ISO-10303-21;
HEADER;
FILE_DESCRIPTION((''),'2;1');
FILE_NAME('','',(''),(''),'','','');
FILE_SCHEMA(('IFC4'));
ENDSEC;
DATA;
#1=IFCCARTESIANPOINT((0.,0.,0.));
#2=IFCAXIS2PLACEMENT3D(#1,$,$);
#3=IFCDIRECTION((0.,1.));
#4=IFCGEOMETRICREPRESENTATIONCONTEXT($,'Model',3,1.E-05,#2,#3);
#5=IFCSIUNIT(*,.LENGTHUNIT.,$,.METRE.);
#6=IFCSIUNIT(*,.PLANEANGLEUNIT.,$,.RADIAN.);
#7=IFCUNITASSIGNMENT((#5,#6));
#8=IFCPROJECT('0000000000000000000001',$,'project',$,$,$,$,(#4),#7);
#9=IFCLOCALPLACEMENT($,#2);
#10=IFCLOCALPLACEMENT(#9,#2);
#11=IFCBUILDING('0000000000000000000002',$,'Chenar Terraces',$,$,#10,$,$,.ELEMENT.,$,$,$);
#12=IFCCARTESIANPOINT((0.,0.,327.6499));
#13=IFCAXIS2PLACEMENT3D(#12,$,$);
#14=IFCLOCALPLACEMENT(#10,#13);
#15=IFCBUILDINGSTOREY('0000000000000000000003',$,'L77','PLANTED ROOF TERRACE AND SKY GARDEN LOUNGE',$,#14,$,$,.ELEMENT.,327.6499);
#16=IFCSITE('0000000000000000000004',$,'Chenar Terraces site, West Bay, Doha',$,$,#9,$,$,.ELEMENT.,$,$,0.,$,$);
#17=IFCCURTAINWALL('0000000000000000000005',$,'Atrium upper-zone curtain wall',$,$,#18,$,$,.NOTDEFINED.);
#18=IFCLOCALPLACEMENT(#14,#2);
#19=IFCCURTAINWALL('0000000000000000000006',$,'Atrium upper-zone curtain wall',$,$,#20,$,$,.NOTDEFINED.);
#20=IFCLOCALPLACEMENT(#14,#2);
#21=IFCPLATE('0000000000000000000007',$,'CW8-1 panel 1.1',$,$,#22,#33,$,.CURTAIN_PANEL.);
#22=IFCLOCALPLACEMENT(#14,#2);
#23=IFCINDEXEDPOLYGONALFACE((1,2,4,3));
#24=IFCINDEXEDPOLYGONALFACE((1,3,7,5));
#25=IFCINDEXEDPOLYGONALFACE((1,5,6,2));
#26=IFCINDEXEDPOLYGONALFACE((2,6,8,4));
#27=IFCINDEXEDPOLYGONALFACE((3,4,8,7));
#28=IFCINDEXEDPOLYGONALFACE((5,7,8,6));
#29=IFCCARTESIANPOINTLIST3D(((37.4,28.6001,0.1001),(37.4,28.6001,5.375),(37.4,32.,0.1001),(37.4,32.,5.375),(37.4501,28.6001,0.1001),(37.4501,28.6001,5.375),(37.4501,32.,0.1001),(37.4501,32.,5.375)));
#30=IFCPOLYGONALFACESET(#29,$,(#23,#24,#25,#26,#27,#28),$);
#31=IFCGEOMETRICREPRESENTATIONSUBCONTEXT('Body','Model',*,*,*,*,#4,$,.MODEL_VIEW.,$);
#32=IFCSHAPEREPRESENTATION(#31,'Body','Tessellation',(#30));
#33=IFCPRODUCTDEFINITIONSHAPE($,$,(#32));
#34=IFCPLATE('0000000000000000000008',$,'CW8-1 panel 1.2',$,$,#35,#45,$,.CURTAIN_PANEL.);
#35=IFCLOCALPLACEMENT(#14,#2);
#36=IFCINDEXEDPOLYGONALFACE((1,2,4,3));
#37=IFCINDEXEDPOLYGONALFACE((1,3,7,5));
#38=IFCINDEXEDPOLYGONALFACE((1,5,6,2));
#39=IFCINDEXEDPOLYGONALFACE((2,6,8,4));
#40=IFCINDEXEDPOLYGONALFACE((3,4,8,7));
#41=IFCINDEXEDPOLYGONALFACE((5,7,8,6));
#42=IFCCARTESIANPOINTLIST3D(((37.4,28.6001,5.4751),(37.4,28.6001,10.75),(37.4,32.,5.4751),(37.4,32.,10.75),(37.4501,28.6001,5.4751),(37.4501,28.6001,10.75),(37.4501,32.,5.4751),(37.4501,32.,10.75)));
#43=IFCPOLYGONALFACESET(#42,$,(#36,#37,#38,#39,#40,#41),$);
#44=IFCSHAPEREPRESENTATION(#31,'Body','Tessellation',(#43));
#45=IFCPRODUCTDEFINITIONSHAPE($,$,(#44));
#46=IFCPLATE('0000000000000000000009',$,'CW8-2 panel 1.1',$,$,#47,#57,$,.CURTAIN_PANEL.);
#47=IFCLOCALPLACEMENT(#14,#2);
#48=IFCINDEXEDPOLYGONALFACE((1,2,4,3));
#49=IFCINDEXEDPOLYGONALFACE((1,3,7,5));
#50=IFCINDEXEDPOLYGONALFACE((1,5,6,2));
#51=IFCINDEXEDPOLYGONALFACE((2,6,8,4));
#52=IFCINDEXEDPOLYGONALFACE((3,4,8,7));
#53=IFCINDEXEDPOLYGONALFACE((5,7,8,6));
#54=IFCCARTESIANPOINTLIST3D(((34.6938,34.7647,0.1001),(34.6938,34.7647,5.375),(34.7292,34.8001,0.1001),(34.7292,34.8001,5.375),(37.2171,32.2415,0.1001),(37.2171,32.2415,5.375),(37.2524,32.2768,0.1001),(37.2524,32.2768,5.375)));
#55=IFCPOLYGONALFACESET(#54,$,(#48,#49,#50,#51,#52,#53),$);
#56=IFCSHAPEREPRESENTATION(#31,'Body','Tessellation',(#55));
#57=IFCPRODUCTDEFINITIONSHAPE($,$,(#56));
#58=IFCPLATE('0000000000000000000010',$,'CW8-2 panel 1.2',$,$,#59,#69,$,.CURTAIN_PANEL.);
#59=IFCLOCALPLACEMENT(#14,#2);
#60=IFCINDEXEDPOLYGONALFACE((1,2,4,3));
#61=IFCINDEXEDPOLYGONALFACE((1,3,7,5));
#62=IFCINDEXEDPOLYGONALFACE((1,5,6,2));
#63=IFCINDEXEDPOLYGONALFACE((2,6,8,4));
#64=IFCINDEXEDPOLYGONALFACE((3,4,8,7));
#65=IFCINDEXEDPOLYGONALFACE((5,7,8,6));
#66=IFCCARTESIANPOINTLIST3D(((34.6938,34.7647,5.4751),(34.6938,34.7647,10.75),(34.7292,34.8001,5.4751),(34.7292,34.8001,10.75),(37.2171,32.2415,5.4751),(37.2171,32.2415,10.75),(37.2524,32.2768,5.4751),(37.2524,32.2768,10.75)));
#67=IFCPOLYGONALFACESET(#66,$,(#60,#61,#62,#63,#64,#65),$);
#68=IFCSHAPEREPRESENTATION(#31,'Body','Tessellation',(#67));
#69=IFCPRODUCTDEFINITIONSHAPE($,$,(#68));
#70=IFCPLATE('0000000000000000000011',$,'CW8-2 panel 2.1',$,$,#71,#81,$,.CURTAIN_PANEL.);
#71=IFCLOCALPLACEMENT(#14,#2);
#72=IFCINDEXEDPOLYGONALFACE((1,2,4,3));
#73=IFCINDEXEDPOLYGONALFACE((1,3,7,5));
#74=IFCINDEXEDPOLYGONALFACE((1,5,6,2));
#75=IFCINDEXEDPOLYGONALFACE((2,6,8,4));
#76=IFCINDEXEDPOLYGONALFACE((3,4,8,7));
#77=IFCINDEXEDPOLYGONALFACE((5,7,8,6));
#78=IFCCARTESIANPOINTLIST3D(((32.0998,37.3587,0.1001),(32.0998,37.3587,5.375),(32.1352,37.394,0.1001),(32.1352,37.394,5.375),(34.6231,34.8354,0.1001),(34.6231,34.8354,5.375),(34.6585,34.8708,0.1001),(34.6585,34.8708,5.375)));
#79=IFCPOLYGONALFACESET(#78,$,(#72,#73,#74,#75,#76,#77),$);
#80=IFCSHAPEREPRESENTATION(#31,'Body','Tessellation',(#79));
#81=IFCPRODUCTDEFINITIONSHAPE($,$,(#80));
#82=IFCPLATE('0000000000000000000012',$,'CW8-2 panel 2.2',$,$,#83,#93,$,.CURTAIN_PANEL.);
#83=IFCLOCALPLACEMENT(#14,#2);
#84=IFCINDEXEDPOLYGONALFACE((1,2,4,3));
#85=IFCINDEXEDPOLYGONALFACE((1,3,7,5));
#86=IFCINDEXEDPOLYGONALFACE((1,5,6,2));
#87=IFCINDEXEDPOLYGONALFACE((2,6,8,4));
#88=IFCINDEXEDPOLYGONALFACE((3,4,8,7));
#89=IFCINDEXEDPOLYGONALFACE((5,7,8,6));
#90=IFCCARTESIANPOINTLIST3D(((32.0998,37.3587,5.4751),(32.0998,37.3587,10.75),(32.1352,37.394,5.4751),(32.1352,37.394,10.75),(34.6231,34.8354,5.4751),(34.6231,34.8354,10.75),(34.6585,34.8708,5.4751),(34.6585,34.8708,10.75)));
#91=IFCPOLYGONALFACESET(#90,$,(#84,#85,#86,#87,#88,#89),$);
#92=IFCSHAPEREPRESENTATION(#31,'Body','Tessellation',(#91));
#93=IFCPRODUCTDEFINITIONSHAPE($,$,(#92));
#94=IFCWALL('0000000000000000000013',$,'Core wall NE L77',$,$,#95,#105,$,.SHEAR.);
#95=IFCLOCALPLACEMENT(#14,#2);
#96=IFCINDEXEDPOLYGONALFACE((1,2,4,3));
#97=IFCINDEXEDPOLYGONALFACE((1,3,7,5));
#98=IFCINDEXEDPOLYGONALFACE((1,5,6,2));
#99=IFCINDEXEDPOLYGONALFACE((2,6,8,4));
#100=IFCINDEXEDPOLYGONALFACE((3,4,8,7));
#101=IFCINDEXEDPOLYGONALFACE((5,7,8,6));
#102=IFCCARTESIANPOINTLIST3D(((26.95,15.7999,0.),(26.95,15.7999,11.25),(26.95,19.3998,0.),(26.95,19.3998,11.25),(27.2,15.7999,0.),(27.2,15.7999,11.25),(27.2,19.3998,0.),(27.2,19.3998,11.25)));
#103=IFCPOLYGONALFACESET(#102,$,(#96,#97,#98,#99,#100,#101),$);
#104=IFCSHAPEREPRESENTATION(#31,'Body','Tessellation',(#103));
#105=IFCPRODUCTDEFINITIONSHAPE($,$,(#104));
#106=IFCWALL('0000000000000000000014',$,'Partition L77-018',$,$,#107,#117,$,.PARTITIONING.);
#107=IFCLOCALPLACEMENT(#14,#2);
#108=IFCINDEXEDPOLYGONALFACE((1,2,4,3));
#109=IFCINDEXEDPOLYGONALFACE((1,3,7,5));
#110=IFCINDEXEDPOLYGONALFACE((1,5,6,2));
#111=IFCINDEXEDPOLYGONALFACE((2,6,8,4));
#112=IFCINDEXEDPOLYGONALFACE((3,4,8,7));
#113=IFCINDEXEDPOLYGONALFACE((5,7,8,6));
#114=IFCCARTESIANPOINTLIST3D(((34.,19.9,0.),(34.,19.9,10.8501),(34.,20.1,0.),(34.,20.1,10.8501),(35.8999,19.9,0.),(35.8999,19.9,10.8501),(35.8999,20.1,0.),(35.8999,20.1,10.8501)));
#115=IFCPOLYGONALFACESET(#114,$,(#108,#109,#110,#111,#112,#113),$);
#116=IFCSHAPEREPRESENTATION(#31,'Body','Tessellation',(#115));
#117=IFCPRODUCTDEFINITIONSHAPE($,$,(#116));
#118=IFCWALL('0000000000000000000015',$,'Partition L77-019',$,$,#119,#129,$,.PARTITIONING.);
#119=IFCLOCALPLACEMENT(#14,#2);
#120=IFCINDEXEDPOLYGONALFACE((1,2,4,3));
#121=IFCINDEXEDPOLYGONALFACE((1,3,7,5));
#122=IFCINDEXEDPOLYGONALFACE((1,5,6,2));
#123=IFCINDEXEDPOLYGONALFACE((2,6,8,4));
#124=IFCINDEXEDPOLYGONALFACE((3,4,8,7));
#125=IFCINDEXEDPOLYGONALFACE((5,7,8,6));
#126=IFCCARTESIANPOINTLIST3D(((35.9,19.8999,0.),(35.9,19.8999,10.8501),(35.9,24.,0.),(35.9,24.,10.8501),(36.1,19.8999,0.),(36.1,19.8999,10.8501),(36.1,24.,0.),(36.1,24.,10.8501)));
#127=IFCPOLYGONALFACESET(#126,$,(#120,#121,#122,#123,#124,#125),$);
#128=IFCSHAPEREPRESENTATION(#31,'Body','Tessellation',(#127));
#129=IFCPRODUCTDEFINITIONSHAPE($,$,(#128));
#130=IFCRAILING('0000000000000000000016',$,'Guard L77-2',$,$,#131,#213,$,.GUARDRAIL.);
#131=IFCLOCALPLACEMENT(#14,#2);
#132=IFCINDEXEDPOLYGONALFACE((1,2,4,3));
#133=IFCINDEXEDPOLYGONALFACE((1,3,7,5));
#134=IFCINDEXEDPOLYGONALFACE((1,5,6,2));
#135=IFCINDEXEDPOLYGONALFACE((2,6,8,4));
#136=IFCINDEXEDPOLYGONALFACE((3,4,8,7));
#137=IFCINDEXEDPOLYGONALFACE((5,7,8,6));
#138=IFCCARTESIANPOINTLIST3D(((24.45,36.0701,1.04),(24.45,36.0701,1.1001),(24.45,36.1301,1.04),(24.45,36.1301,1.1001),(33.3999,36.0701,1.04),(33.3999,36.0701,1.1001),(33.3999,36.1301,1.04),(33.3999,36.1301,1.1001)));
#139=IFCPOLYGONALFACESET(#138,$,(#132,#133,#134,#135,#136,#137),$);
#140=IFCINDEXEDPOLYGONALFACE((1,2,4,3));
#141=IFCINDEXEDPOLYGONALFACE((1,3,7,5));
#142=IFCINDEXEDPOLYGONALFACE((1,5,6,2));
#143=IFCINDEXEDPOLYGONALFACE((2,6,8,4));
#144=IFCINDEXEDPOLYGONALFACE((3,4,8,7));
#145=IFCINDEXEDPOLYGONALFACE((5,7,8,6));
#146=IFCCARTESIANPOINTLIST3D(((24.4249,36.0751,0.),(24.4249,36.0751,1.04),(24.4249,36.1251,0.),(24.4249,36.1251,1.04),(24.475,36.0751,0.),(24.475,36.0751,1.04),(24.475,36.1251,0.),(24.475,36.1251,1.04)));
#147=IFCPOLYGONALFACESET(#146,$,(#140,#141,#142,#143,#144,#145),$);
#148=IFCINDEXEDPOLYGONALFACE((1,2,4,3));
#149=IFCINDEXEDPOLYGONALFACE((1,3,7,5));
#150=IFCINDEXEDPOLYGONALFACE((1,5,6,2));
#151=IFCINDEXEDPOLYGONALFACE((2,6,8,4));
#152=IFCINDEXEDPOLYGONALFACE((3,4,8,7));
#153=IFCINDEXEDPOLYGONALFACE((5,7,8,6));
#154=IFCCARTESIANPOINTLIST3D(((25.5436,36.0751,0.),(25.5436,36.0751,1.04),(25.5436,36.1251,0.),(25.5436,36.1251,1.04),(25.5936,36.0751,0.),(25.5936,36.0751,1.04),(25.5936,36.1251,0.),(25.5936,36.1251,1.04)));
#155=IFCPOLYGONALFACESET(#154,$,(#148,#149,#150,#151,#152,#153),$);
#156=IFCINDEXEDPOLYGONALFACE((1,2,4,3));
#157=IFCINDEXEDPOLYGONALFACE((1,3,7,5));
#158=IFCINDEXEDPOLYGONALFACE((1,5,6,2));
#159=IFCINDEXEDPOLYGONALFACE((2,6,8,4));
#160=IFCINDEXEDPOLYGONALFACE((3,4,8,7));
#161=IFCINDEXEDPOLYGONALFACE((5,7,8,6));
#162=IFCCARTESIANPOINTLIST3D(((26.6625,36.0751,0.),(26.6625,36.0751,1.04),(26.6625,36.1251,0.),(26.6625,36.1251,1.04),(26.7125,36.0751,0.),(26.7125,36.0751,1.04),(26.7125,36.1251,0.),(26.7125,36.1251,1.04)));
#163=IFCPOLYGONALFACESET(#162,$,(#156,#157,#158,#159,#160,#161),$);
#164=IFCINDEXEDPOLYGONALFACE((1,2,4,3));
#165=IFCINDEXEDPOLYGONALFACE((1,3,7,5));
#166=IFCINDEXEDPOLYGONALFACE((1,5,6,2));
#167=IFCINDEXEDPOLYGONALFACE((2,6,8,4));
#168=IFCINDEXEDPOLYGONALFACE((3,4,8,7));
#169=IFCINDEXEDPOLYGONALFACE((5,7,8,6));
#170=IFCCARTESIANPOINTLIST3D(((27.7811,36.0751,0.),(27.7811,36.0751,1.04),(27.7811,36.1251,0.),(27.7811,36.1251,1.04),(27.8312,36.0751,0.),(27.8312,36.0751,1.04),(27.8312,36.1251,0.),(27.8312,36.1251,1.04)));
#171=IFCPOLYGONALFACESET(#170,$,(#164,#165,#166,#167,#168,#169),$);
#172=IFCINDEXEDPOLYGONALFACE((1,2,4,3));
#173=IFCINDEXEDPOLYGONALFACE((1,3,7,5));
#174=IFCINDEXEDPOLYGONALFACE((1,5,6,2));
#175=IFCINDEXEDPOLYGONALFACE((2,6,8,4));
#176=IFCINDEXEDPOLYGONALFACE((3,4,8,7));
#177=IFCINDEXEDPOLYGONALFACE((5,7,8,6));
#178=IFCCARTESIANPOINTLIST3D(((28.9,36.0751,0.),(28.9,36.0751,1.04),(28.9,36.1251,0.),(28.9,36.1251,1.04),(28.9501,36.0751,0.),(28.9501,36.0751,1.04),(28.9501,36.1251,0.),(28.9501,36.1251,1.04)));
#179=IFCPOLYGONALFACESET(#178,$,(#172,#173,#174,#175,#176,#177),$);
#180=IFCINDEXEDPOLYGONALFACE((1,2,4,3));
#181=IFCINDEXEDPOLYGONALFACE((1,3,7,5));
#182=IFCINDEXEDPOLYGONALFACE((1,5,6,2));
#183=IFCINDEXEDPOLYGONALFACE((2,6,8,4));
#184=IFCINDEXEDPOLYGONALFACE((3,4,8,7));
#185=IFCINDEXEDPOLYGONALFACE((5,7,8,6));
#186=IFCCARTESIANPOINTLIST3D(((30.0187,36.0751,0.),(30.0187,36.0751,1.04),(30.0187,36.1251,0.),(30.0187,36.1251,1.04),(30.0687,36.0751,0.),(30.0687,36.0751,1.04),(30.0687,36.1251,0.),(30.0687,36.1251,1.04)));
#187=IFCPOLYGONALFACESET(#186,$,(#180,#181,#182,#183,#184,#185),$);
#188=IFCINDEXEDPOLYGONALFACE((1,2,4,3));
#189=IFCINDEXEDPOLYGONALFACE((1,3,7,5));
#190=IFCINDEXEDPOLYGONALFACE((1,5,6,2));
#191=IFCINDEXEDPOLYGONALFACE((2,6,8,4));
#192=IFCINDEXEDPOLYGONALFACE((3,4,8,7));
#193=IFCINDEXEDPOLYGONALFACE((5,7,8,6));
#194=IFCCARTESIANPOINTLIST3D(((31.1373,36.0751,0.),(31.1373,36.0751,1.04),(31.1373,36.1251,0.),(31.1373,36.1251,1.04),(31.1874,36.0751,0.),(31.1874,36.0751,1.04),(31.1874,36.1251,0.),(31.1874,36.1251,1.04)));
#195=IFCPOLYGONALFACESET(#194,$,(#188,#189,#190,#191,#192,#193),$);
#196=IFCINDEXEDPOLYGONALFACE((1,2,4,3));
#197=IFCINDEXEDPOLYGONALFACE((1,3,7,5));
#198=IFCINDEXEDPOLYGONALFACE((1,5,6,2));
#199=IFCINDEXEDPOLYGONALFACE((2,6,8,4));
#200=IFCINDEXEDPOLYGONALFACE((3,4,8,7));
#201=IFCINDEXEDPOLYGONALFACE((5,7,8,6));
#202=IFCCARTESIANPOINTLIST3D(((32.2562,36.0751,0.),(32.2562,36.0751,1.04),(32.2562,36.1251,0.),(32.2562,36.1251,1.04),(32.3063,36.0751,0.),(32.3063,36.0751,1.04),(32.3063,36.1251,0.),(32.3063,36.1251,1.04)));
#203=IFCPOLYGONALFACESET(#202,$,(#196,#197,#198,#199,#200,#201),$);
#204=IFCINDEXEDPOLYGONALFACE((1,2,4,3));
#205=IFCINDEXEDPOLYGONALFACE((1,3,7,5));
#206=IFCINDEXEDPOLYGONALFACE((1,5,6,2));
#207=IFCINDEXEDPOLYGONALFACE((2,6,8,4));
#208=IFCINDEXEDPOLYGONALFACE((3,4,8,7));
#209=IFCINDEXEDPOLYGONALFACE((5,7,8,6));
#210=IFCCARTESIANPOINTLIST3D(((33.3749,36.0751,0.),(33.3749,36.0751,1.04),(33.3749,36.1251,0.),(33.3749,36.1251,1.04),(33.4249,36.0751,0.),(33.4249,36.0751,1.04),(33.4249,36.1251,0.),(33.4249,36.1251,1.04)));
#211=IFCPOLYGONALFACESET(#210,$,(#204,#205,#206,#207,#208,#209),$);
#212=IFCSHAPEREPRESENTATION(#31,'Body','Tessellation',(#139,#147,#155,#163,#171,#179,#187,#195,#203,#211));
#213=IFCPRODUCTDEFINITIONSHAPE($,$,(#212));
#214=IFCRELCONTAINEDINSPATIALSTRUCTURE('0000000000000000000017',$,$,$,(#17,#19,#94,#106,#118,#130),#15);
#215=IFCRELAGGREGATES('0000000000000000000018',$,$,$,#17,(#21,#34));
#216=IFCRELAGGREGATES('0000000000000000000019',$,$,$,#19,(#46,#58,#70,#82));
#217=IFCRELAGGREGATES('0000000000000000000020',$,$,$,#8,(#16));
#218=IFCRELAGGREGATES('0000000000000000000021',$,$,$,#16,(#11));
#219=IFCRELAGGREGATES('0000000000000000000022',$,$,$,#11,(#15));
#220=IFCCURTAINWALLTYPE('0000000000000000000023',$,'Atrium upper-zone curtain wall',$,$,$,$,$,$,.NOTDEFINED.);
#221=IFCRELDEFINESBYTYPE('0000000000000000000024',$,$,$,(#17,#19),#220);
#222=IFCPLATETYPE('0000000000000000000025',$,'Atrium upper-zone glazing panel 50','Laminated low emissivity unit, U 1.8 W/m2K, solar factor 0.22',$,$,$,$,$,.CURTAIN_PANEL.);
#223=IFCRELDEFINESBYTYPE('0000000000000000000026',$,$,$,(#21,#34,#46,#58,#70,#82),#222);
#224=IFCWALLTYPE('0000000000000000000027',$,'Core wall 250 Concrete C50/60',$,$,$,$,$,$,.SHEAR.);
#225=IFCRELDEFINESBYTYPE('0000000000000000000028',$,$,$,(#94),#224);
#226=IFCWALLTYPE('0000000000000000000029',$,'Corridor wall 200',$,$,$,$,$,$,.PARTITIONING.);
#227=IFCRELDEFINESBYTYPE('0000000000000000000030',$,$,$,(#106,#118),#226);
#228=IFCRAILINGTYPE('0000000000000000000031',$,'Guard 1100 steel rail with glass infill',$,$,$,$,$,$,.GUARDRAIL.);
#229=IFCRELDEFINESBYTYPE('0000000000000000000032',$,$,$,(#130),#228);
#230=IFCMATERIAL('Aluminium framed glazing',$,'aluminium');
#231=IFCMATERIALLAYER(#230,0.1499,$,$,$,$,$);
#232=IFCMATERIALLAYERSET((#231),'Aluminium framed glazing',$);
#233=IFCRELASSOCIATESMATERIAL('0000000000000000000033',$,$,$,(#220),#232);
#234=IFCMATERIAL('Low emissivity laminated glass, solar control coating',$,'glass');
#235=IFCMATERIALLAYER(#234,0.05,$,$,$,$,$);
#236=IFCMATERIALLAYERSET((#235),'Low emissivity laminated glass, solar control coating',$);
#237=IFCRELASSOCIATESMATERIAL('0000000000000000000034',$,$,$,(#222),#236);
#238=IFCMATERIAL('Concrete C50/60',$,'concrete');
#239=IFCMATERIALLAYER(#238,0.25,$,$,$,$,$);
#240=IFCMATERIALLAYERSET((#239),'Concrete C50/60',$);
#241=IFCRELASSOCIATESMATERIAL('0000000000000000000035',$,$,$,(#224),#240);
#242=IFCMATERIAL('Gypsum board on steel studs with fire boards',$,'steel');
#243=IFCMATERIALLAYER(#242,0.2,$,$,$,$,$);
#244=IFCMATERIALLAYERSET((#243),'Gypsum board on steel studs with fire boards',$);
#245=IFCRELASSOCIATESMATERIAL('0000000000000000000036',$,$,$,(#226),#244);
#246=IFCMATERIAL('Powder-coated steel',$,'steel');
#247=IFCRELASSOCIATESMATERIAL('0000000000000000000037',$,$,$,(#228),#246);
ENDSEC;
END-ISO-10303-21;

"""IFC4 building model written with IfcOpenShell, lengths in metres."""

from ifc_helpers import new_model, si_unit, direction, frame, frame_2d, origin, origin_2d, place, context, subcontext, project, spatial, rectangle, extrude, material, layer, layer_set, type_object, element, aggregate, save


model = new_model("IFC4")

# Units and contexts
model_context = context("Model", 3, precision=1e-05, world=origin(), true_north=direction((0.0, 1.0)))
body_context = subcontext(model_context, "Body", "Model", "MODEL_VIEW")
ifc_project = project(units=[si_unit("LENGTHUNIT", "METRE"), si_unit("PLANEANGLEUNIT", "RADIAN")], contexts=[model_context])

# Site, building, storey
site_placement = place(None, origin())
site = spatial("IfcSite", under=ifc_project, at=site_placement, Name="Chenar Terraces site, West Bay, Doha", CompositionType="ELEMENT", RefElevation=0.0)
building_placement = place(site_placement, origin())
building = spatial("IfcBuilding", under=site, at=building_placement, Name="Chenar Terraces", CompositionType="ELEMENT")
storey_placement = place(building_placement, frame((0.0, 0.0, 327.6499)))
storey = spatial("IfcBuildingStorey", under=building, at=storey_placement, Name="L77", Description="PLANTED ROOF TERRACE AND SKY GARDEN LOUNGE", CompositionType="ELEMENT", Elevation=327.6499)

# Curtain wall
ifc_material_1 = material(Name="Aluminium framed glazing", Category="aluminium")
ifc_layer_1 = layer(ifc_material_1, 0.1499)
ifc_layer_set_1 = layer_set([ifc_layer_1], Name="Aluminium framed glazing")
curtain_wall_type = type_object("IfcCurtainWallType", Name="Atrium upper-zone curtain wall", PredefinedType="NOTDEFINED", material=ifc_layer_set_1)
placement = place(storey_placement, origin())
curtain_wall_1 = element("IfcCurtainWall", 1, at=placement, inside=storey, type_object=curtain_wall_type, Name="Atrium upper-zone curtain wall", PredefinedType="NOTDEFINED")

# Curtain wall
curtain_wall_2 = element("IfcCurtainWall", 2, at=placement, inside=storey, type_object=curtain_wall_type, Name="Atrium upper-zone curtain wall", PredefinedType="NOTDEFINED")

# Plates
ifc_material_2 = material(Name="Low emissivity laminated glass, solar control coating", Category="glass")
ifc_layer_2 = layer(ifc_material_2, 0.05)
ifc_layer_set_2 = layer_set([ifc_layer_2], Name="Low emissivity laminated glass, solar control coating")
plate_type = type_object("IfcPlateType", Name="Atrium upper-zone glazing panel 50", Description="Laminated low emissivity unit, U 1.8 W/m2K, solar factor 0.22", PredefinedType="CURTAIN_PANEL", material=ifc_layer_set_2)
plate_1_placement = place(storey_placement, frame((37.425, 30.3, 0.1001), z_axis=(0.0, 0.0, 1.0), x_axis=(0.0, 1.0, 0.0)))
plate_1 = element("IfcPlate", 3, at=plate_1_placement, type_object=plate_type, Name="CW8-1 panel 1.1", PredefinedType="CURTAIN_PANEL", context=body_context, shape_type="SweptSolid", body=[
    extrude(rectangle(XDim=3.3999, YDim=0.05, at=origin_2d()), origin(), (0.0, 0.0, 1.0), 5.2749),
])
plate_2_placement = place(storey_placement, frame((37.425, 30.3, 5.4751), z_axis=(0.0, 0.0, 1.0), x_axis=(0.0, 1.0, 0.0)))
plate_2 = element("IfcPlate", 4, at=plate_2_placement, type_object=plate_type, Name="CW8-1 panel 1.2", PredefinedType="CURTAIN_PANEL", context=body_context, shape_type="SweptSolid", body=[
    extrude(rectangle(XDim=3.3999, YDim=0.05, at=origin_2d()), origin(), (0.0, 0.0, 1.0), 5.2749),
])
aggregate(curtain_wall_1, [plate_1, plate_2])
plate_3_placement = place(storey_placement, frame((35.9731, 33.5208, 0.1001), z_axis=(0.0, 0.0, 1.0), x_axis=(-0.707107, 0.707107, 0.0)))
plate_3 = element("IfcPlate", 5, at=plate_3_placement, type_object=plate_type, Name="CW8-2 panel 1.1", PredefinedType="CURTAIN_PANEL", context=body_context, shape_type="SweptSolid", body=[
    extrude(rectangle(XDim=3.5684, YDim=0.05, at=origin_2d()), origin(), (0.0, 0.0, 1.0), 5.2749),
])
plate_4_placement = place(storey_placement, frame((35.9731, 33.5208, 5.4751), z_axis=(0.0, 0.0, 1.0), x_axis=(-0.707107, 0.707107, 0.0)))
plate_4 = element("IfcPlate", 6, at=plate_4_placement, type_object=plate_type, Name="CW8-2 panel 1.2", PredefinedType="CURTAIN_PANEL", context=body_context, shape_type="SweptSolid", body=[
    extrude(rectangle(XDim=3.5684, YDim=0.05, at=origin_2d()), origin(), (0.0, 0.0, 1.0), 5.2749),
])
plate_5_placement = place(storey_placement, frame((33.3792, 36.1147, 0.1001), z_axis=(0.0, 0.0, 1.0), x_axis=(-0.707107, 0.707107, 0.0)))
plate_5 = element("IfcPlate", 7, at=plate_5_placement, type_object=plate_type, Name="CW8-2 panel 2.1", PredefinedType="CURTAIN_PANEL", context=body_context, shape_type="SweptSolid", body=[
    extrude(rectangle(XDim=3.5684, YDim=0.05, at=origin_2d()), origin(), (0.0, 0.0, 1.0), 5.2749),
])
plate_6_placement = place(storey_placement, frame((33.3792, 36.1147, 5.4751), z_axis=(0.0, 0.0, 1.0), x_axis=(-0.707107, 0.707107, 0.0)))
plate_6 = element("IfcPlate", 8, at=plate_6_placement, type_object=plate_type, Name="CW8-2 panel 2.2", PredefinedType="CURTAIN_PANEL", context=body_context, shape_type="SweptSolid", body=[
    extrude(rectangle(XDim=3.5684, YDim=0.05, at=origin_2d()), origin(), (0.0, 0.0, 1.0), 5.2749),
])
aggregate(curtain_wall_2, [plate_3, plate_4, plate_5, plate_6])

# Walls
ifc_material_3 = material(Name="Concrete C50/60", Category="concrete")
ifc_layer_3 = layer(ifc_material_3, 0.25)
ifc_layer_set_3 = layer_set([ifc_layer_3], Name="Concrete C50/60")
wall_type_1 = type_object("IfcWallType", Name="Core wall 250 Concrete C50/60", PredefinedType="SHEAR", material=ifc_layer_set_3)
wall_1_placement = place(storey_placement, frame((27.075, 15.8, 0.0), z_axis=(0.0, 0.0, 1.0), x_axis=(0.0, 1.0, 0.0)))
element("IfcWall", 9, at=wall_1_placement, inside=storey, type_object=wall_type_1, Name="Core wall NE L77", PredefinedType="SHEAR", context=body_context, shape_type="SweptSolid", body=[
    extrude(rectangle(XDim=3.5999, YDim=0.25, at=frame_2d((1.7998, 0.0))), origin(), (0.0, 0.0, 1.0), 11.25),
])
ifc_material_4 = material(Name="Gypsum board on steel studs with fire boards", Category="steel")
ifc_layer_4 = layer(ifc_material_4, 0.2)
ifc_layer_set_4 = layer_set([ifc_layer_4], Name="Gypsum board on steel studs with fire boards")
wall_type_2 = type_object("IfcWallType", Name="Corridor wall 200", PredefinedType="PARTITIONING", material=ifc_layer_set_4)
wall_2_placement = place(storey_placement, frame((34.0, 20.0, 0.0), z_axis=(0.0, 0.0, 1.0), x_axis=(1.0, 0.0, 0.0)))
element("IfcWall", 10, at=wall_2_placement, inside=storey, type_object=wall_type_2, Name="Partition L77-018", PredefinedType="PARTITIONING", context=body_context, shape_type="SweptSolid", body=[
    extrude(rectangle(XDim=1.8999, YDim=0.2, at=frame_2d((0.95, 0.0))), origin(), (0.0, 0.0, 1.0), 10.8501),
])
wall_3_placement = place(storey_placement, frame((36.0, 19.8999, 0.0), z_axis=(0.0, 0.0, 1.0), x_axis=(0.0, 1.0, 0.0)))
element("IfcWall", 11, at=wall_3_placement, inside=storey, type_object=wall_type_2, Name="Partition L77-019", PredefinedType="PARTITIONING", context=body_context, shape_type="SweptSolid", body=[
    extrude(rectangle(XDim=4.1001, YDim=0.2, at=frame_2d((2.05, 0.0))), origin(), (0.0, 0.0, 1.0), 10.8501),
])

# Railing
ifc_material_5 = material(Name="Powder-coated steel", Category="steel")
railing_type = type_object("IfcRailingType", Name="Guard 1100 steel rail with glass infill", PredefinedType="GUARDRAIL", material=ifc_material_5)
railing_1_placement = place(storey_placement, frame((24.45, 36.1001, 0.0)))
element("IfcRailing", 12, at=railing_1_placement, inside=storey, type_object=railing_type, Name="Guard L77-2", PredefinedType="GUARDRAIL", context=body_context, shape_type="SweptSolid", body=[
    extrude(rectangle(XDim=0.0601, YDim=0.0601, at=origin_2d()), frame((0.0, 0.0, 1.0701), z_axis=(1.0, 0.0, 0.0), x_axis=(0.0, 1.0, 0.0)), (0.0, 0.0, 1.0), 8.95),
    extrude(rectangle(XDim=0.05, YDim=0.05, at=origin_2d()), origin(), (0.0, 0.0, 1.0), 1.04),
    extrude(rectangle(XDim=0.05, YDim=0.05, at=origin_2d()), frame((1.1187, 0.0, 0.0)), (0.0, 0.0, 1.0), 1.04),
    extrude(rectangle(XDim=0.05, YDim=0.05, at=origin_2d()), frame((2.2375, 0.0, 0.0)), (0.0, 0.0, 1.0), 1.04),
    extrude(rectangle(XDim=0.05, YDim=0.05, at=origin_2d()), frame((3.3562, 0.0, 0.0)), (0.0, 0.0, 1.0), 1.04),
    extrude(rectangle(XDim=0.05, YDim=0.05, at=origin_2d()), frame((4.4751, 0.0, 0.0)), (0.0, 0.0, 1.0), 1.04),
    extrude(rectangle(XDim=0.05, YDim=0.05, at=origin_2d()), frame((5.5938, 0.0, 0.0)), (0.0, 0.0, 1.0), 1.04),
    extrude(rectangle(XDim=0.05, YDim=0.05, at=origin_2d()), frame((6.7124, 0.0, 0.0)), (0.0, 0.0, 1.0), 1.04),
    extrude(rectangle(XDim=0.05, YDim=0.05, at=origin_2d()), frame((7.8313, 0.0, 0.0)), (0.0, 0.0, 1.0), 1.04),
    extrude(rectangle(XDim=0.05, YDim=0.05, at=origin_2d()), frame((8.95, 0.0, 0.0)), (0.0, 0.0, 1.0), 1.04),
])

save(model, "model.ifc")
